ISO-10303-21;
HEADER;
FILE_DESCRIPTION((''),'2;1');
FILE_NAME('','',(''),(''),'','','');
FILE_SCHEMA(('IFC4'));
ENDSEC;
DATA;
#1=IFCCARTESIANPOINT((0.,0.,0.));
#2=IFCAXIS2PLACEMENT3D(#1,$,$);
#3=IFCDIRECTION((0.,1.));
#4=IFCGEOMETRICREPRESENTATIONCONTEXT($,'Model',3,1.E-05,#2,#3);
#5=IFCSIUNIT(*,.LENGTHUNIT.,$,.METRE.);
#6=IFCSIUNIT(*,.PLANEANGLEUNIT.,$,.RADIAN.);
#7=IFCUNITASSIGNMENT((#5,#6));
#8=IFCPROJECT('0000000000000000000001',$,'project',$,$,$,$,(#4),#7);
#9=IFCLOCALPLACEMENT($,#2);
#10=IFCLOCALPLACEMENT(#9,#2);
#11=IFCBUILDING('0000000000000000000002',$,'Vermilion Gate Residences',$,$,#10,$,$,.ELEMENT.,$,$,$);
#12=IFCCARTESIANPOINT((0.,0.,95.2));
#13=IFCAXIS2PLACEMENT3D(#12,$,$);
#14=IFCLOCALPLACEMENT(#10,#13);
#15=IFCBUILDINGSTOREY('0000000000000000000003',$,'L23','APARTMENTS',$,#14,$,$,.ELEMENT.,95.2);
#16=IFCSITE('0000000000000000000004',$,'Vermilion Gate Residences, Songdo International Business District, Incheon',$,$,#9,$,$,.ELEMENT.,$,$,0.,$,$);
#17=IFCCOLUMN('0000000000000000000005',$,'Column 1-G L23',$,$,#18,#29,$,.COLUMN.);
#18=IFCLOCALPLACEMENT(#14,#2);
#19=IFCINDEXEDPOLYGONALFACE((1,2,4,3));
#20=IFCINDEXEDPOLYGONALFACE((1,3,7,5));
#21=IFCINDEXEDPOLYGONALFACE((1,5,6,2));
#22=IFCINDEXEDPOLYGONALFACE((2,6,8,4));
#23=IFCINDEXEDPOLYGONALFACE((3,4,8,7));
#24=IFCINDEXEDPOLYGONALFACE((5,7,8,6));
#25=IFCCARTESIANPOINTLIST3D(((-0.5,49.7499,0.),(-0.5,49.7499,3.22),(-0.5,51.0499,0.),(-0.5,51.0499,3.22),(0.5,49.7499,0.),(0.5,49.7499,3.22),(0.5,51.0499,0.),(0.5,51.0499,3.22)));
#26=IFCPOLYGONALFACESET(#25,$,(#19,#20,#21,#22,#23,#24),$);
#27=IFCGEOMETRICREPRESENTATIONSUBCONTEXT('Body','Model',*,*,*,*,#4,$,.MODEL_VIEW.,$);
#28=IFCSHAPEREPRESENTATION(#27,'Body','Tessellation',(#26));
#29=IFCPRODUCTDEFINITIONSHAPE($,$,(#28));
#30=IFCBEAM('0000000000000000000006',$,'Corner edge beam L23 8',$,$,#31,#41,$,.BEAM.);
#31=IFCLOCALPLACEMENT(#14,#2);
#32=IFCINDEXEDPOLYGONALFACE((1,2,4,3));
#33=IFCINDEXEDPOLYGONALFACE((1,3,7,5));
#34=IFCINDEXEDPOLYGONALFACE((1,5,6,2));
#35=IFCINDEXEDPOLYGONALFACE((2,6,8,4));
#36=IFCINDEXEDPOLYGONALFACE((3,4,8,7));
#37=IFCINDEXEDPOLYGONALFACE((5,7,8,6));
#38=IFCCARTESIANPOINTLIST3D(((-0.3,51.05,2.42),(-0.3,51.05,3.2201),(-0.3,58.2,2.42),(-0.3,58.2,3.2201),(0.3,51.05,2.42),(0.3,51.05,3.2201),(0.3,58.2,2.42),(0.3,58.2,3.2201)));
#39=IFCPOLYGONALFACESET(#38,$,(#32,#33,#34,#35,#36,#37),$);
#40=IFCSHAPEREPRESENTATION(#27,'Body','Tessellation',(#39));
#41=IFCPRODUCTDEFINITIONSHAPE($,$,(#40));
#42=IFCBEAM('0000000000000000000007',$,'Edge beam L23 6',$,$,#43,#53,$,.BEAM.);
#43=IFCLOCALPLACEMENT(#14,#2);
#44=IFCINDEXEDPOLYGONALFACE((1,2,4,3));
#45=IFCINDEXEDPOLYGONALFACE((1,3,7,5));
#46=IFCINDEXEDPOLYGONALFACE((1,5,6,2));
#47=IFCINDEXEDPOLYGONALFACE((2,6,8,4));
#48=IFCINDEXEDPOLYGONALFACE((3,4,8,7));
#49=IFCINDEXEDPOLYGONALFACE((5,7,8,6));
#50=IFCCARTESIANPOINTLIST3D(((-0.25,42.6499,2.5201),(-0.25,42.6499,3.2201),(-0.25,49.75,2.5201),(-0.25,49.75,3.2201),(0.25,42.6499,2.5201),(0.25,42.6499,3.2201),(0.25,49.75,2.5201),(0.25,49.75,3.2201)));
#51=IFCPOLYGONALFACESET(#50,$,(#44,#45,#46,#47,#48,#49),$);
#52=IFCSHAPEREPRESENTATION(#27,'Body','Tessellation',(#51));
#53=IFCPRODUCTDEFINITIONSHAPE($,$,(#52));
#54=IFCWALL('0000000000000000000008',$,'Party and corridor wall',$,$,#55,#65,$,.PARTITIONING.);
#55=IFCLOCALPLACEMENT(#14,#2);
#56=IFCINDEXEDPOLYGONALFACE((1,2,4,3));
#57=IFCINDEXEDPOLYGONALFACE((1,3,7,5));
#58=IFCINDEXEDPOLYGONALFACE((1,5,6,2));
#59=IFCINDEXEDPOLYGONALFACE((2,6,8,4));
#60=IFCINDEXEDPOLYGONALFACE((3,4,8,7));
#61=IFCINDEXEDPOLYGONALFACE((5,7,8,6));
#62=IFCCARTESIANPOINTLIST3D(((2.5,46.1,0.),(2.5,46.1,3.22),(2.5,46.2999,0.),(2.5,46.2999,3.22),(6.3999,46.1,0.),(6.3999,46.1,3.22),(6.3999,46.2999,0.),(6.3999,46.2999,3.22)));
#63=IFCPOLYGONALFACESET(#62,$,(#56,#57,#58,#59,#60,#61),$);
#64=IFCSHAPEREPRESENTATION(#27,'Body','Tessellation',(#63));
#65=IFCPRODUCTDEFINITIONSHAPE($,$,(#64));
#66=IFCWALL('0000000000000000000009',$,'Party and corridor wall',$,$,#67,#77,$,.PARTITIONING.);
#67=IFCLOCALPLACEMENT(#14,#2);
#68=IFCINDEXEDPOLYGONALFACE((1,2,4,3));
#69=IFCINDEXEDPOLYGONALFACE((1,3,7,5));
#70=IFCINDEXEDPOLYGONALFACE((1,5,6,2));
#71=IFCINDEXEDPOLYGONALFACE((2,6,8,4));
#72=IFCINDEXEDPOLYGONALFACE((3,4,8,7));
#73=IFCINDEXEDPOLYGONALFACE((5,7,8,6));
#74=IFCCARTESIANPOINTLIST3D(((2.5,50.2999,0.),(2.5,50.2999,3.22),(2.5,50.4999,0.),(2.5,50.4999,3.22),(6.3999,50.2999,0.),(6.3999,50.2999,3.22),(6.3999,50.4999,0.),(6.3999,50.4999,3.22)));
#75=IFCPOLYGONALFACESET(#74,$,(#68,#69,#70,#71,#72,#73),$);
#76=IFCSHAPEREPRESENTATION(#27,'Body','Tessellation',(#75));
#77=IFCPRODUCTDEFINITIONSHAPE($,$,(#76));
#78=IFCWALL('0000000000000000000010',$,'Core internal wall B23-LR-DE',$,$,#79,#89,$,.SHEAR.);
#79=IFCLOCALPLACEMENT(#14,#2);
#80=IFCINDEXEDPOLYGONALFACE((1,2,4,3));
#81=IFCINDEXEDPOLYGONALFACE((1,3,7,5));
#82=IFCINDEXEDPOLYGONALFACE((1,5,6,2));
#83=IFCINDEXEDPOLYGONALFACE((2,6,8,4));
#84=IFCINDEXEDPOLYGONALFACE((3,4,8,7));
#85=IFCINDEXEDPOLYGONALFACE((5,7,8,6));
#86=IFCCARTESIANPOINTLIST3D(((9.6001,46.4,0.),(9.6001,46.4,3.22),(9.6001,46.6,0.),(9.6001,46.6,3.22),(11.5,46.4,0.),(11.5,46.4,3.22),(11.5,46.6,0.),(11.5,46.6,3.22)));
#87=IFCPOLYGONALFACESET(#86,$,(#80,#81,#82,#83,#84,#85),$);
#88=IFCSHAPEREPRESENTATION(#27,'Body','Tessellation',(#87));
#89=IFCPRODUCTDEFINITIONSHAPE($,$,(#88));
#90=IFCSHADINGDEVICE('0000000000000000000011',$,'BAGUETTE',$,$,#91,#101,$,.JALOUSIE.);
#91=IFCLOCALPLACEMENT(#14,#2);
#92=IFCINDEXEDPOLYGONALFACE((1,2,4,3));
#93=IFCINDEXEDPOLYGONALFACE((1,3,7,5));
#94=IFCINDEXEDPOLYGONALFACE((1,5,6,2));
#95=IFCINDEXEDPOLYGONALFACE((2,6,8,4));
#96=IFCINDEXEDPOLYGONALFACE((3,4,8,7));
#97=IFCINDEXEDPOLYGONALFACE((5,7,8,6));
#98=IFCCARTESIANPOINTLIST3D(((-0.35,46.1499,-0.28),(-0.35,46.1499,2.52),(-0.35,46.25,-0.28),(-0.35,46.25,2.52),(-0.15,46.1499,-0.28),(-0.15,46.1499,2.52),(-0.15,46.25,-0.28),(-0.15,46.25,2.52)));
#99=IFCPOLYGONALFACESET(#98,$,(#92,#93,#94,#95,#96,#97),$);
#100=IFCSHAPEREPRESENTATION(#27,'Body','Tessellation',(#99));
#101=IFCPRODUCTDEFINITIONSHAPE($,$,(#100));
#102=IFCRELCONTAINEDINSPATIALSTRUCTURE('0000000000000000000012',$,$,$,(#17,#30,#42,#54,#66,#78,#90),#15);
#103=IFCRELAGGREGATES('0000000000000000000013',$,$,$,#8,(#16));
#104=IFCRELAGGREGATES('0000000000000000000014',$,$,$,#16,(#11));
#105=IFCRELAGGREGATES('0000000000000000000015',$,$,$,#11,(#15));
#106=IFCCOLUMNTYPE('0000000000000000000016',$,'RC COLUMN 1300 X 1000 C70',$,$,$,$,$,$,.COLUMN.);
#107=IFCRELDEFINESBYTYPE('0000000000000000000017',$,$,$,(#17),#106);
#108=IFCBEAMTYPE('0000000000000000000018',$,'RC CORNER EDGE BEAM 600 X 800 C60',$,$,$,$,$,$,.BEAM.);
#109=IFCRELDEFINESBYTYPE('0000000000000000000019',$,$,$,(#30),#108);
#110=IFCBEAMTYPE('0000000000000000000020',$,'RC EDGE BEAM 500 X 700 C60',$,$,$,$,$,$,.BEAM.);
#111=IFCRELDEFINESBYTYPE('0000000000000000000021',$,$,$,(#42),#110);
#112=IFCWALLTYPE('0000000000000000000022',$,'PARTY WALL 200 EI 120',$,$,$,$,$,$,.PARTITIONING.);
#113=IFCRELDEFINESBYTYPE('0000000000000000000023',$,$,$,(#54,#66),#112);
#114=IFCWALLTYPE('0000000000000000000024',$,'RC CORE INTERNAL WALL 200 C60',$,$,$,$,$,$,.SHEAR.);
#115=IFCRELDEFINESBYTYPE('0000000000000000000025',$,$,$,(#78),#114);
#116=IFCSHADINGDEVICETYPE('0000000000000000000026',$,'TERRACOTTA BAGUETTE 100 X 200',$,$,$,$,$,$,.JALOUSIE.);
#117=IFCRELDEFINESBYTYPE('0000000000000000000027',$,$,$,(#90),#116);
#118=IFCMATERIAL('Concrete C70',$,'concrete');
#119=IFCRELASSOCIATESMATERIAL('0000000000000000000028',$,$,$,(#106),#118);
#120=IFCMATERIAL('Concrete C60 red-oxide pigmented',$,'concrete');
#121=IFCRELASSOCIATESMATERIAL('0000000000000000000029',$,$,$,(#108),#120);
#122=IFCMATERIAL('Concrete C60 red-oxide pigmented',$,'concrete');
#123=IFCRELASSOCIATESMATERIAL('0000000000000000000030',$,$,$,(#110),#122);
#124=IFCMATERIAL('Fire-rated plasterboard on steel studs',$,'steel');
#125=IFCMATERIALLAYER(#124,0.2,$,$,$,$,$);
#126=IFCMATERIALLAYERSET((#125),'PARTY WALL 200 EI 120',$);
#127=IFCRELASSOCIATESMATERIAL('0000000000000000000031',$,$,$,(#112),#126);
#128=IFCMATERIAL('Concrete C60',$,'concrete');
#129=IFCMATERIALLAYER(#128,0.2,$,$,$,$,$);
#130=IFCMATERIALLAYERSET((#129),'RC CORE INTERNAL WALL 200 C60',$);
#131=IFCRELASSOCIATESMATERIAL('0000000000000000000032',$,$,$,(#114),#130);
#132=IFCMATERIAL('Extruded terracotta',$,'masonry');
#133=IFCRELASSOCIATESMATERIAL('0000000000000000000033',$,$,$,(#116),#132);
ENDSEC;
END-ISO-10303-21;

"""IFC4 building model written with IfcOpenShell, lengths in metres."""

from ifc_helpers import new_model, si_unit, direction, frame, frame_2d, origin, origin_2d, place, context, subcontext, project, spatial, rectangle, extrude, material, layer, layer_set, material_profile, profile_set, type_object, element, save


model = new_model("IFC4")

# Units and contexts
model_context = context("Model", 3, precision=1e-05, world=origin(), true_north=direction((0.0, 1.0)))
body_context = subcontext(model_context, "Body", "Model", "MODEL_VIEW")
ifc_project = project(units=[si_unit("LENGTHUNIT", "METRE"), si_unit("PLANEANGLEUNIT", "RADIAN")], contexts=[model_context])

# Site, building, storey
site_placement = place(None, origin())
site = spatial("IfcSite", under=ifc_project, at=site_placement, Name="Vermilion Gate Residences, Songdo International Business District, Incheon", CompositionType="ELEMENT", RefElevation=0.0)
building_placement = place(site_placement, origin())
building = spatial("IfcBuilding", under=site, at=building_placement, Name="Vermilion Gate Residences", CompositionType="ELEMENT")
storey_placement = place(building_placement, frame((0.0, 0.0, 95.2)))
storey = spatial("IfcBuildingStorey", under=building, at=storey_placement, Name="L23", Description="APARTMENTS", CompositionType="ELEMENT", Elevation=95.2)

# Column
ifc_material_1 = material(Name="Concrete C70", Category="concrete")
ifc_material_profile_1 = material_profile(ifc_material_1, rectangle(XDim=1.3, YDim=1.0, at=origin_2d()), Name="RC-1300x1000")
ifc_profile_set_1 = profile_set([ifc_material_profile_1], Name="Concrete C70")
column_type = type_object("IfcColumnType", Name="RC COLUMN 1300 X 1000 C70", PredefinedType="COLUMN", material=ifc_profile_set_1)
column_placement = place(storey_placement, frame((0.0, 50.3999, 0.0), z_axis=(0.0, 0.0, 1.0), x_axis=(0.0, 1.0, 0.0)))
element("IfcColumn", 1, at=column_placement, inside=storey, type_object=column_type, Name="Column 1-G L23", PredefinedType="COLUMN", context=body_context, shape_type="SweptSolid", body=[
    extrude(rectangle(XDim=1.3, YDim=1.0, at=origin_2d()), origin(), (0.0, 0.0, 1.0), 3.22),
])

# Beams
ifc_material_2 = material(Name="Concrete C60 red-oxide pigmented", Category="concrete")
ifc_material_profile_2 = material_profile(ifc_material_2, rectangle(XDim=0.6001, YDim=0.8, at=origin_2d()), Name="RC-600x800")
ifc_profile_set_2 = profile_set([ifc_material_profile_2], Name="Concrete C60 red-oxide pigmented")
beam_type_1 = type_object("IfcBeamType", Name="RC CORNER EDGE BEAM 600 X 800 C60", PredefinedType="BEAM", material=ifc_profile_set_2)
beam_1_placement = place(storey_placement, frame((0.0, 51.05, 2.8201), z_axis=(0.0, 1.0, 0.0), x_axis=(-1.0, 0.0, 0.0)))
element("IfcBeam", 2, at=beam_1_placement, inside=storey, type_object=beam_type_1, Name="Corner edge beam L23 8", PredefinedType="BEAM", context=body_context, shape_type="SweptSolid", body=[
    extrude(rectangle(XDim=0.6001, YDim=0.8, at=origin_2d()), origin(), (0.0, 0.0, 1.0), 7.1499),
])
ifc_material_3 = material(Name="Concrete C60 red-oxide pigmented", Category="concrete")
ifc_material_profile_3 = material_profile(ifc_material_3, rectangle(XDim=0.5, YDim=0.7, at=origin_2d()), Name="RC-500x700")
ifc_profile_set_3 = profile_set([ifc_material_profile_3], Name="Concrete C60 red-oxide pigmented")
beam_type_2 = type_object("IfcBeamType", Name="RC EDGE BEAM 500 X 700 C60", PredefinedType="BEAM", material=ifc_profile_set_3)
beam_2_placement = place(storey_placement, frame((0.0, 42.6499, 2.8701), z_axis=(0.0, 1.0, 0.0), x_axis=(-1.0, 0.0, 0.0)))
element("IfcBeam", 3, at=beam_2_placement, inside=storey, type_object=beam_type_2, Name="Edge beam L23 6", PredefinedType="BEAM", context=body_context, shape_type="SweptSolid", body=[
    extrude(rectangle(XDim=0.5, YDim=0.7, at=origin_2d()), origin(), (0.0, 0.0, 1.0), 7.1001),
])

# Walls
ifc_material_4 = material(Name="Fire-rated plasterboard on steel studs", Category="steel")
ifc_layer_1 = layer(ifc_material_4, 0.2)
ifc_layer_set_1 = layer_set([ifc_layer_1], Name="PARTY WALL 200 EI 120")
wall_type_1 = type_object("IfcWallType", Name="PARTY WALL 200 EI 120", PredefinedType="PARTITIONING", material=ifc_layer_set_1)
for number, where, z_axis, x_axis, name in (
    (4, (2.5, 46.2, 0.0), (0.0, 0.0, 1.0), (1.0, 0.0, 0.0), "Party and corridor wall"),
    (5, (2.5, 50.3999, 0.0), (0.0, 0.0, 1.0), (1.0, 0.0, 0.0), "Party and corridor wall"),
):
    element("IfcWall", number, at=place(storey_placement, frame(where, z_axis=z_axis, x_axis=x_axis)), inside=storey, type_object=wall_type_1, Name=name, PredefinedType="PARTITIONING", context=body_context, shape_type="SweptSolid", body=[
        extrude(rectangle(XDim=3.8999, YDim=0.2, at=frame_2d((1.95, 0.0))), origin(), (0.0, 0.0, 1.0), 3.22),
    ])
ifc_material_5 = material(Name="Concrete C60", Category="concrete")
ifc_layer_2 = layer(ifc_material_5, 0.2)
ifc_layer_set_2 = layer_set([ifc_layer_2], Name="RC CORE INTERNAL WALL 200 C60")
wall_type_2 = type_object("IfcWallType", Name="RC CORE INTERNAL WALL 200 C60", PredefinedType="SHEAR", material=ifc_layer_set_2)
wall_1_placement = place(storey_placement, frame((9.6001, 46.5, 0.0), z_axis=(0.0, 0.0, 1.0), x_axis=(1.0, 0.0, 0.0)))
element("IfcWall", 6, at=wall_1_placement, inside=storey, type_object=wall_type_2, Name="Core internal wall B23-LR-DE", PredefinedType="SHEAR", context=body_context, shape_type="SweptSolid", body=[
    extrude(rectangle(XDim=1.8999, YDim=0.2, at=frame_2d((0.95, 0.0))), origin(), (0.0, 0.0, 1.0), 3.22),
])

# Shading device
ifc_material_6 = material(Name="Extruded terracotta", Category="masonry")
ifc_material_profile_4 = material_profile(ifc_material_6, rectangle(XDim=0.2, YDim=0.1001, at=origin_2d()), Name="BAGUETTE 100 X 200")
ifc_profile_set_4 = profile_set([ifc_material_profile_4], Name="Extruded terracotta")
shading_device_type = type_object("IfcShadingDeviceType", Name="TERRACOTTA BAGUETTE 100 X 200", PredefinedType="JALOUSIE", material=ifc_profile_set_4)
shading_device_placement = place(storey_placement, frame((-0.25, 46.2, -0.28), z_axis=(0.0, 0.0, 1.0), x_axis=(1.0, 0.0, 0.0)))
element("IfcShadingDevice", 7, at=shading_device_placement, inside=storey, type_object=shading_device_type, Name="BAGUETTE", PredefinedType="JALOUSIE", context=body_context, shape_type="SweptSolid", body=[
    extrude(rectangle(XDim=0.2, YDim=0.1001, at=origin_2d()), origin(), (0.0, 0.0, 1.0), 2.8),
])

save(model, "model.ifc")
